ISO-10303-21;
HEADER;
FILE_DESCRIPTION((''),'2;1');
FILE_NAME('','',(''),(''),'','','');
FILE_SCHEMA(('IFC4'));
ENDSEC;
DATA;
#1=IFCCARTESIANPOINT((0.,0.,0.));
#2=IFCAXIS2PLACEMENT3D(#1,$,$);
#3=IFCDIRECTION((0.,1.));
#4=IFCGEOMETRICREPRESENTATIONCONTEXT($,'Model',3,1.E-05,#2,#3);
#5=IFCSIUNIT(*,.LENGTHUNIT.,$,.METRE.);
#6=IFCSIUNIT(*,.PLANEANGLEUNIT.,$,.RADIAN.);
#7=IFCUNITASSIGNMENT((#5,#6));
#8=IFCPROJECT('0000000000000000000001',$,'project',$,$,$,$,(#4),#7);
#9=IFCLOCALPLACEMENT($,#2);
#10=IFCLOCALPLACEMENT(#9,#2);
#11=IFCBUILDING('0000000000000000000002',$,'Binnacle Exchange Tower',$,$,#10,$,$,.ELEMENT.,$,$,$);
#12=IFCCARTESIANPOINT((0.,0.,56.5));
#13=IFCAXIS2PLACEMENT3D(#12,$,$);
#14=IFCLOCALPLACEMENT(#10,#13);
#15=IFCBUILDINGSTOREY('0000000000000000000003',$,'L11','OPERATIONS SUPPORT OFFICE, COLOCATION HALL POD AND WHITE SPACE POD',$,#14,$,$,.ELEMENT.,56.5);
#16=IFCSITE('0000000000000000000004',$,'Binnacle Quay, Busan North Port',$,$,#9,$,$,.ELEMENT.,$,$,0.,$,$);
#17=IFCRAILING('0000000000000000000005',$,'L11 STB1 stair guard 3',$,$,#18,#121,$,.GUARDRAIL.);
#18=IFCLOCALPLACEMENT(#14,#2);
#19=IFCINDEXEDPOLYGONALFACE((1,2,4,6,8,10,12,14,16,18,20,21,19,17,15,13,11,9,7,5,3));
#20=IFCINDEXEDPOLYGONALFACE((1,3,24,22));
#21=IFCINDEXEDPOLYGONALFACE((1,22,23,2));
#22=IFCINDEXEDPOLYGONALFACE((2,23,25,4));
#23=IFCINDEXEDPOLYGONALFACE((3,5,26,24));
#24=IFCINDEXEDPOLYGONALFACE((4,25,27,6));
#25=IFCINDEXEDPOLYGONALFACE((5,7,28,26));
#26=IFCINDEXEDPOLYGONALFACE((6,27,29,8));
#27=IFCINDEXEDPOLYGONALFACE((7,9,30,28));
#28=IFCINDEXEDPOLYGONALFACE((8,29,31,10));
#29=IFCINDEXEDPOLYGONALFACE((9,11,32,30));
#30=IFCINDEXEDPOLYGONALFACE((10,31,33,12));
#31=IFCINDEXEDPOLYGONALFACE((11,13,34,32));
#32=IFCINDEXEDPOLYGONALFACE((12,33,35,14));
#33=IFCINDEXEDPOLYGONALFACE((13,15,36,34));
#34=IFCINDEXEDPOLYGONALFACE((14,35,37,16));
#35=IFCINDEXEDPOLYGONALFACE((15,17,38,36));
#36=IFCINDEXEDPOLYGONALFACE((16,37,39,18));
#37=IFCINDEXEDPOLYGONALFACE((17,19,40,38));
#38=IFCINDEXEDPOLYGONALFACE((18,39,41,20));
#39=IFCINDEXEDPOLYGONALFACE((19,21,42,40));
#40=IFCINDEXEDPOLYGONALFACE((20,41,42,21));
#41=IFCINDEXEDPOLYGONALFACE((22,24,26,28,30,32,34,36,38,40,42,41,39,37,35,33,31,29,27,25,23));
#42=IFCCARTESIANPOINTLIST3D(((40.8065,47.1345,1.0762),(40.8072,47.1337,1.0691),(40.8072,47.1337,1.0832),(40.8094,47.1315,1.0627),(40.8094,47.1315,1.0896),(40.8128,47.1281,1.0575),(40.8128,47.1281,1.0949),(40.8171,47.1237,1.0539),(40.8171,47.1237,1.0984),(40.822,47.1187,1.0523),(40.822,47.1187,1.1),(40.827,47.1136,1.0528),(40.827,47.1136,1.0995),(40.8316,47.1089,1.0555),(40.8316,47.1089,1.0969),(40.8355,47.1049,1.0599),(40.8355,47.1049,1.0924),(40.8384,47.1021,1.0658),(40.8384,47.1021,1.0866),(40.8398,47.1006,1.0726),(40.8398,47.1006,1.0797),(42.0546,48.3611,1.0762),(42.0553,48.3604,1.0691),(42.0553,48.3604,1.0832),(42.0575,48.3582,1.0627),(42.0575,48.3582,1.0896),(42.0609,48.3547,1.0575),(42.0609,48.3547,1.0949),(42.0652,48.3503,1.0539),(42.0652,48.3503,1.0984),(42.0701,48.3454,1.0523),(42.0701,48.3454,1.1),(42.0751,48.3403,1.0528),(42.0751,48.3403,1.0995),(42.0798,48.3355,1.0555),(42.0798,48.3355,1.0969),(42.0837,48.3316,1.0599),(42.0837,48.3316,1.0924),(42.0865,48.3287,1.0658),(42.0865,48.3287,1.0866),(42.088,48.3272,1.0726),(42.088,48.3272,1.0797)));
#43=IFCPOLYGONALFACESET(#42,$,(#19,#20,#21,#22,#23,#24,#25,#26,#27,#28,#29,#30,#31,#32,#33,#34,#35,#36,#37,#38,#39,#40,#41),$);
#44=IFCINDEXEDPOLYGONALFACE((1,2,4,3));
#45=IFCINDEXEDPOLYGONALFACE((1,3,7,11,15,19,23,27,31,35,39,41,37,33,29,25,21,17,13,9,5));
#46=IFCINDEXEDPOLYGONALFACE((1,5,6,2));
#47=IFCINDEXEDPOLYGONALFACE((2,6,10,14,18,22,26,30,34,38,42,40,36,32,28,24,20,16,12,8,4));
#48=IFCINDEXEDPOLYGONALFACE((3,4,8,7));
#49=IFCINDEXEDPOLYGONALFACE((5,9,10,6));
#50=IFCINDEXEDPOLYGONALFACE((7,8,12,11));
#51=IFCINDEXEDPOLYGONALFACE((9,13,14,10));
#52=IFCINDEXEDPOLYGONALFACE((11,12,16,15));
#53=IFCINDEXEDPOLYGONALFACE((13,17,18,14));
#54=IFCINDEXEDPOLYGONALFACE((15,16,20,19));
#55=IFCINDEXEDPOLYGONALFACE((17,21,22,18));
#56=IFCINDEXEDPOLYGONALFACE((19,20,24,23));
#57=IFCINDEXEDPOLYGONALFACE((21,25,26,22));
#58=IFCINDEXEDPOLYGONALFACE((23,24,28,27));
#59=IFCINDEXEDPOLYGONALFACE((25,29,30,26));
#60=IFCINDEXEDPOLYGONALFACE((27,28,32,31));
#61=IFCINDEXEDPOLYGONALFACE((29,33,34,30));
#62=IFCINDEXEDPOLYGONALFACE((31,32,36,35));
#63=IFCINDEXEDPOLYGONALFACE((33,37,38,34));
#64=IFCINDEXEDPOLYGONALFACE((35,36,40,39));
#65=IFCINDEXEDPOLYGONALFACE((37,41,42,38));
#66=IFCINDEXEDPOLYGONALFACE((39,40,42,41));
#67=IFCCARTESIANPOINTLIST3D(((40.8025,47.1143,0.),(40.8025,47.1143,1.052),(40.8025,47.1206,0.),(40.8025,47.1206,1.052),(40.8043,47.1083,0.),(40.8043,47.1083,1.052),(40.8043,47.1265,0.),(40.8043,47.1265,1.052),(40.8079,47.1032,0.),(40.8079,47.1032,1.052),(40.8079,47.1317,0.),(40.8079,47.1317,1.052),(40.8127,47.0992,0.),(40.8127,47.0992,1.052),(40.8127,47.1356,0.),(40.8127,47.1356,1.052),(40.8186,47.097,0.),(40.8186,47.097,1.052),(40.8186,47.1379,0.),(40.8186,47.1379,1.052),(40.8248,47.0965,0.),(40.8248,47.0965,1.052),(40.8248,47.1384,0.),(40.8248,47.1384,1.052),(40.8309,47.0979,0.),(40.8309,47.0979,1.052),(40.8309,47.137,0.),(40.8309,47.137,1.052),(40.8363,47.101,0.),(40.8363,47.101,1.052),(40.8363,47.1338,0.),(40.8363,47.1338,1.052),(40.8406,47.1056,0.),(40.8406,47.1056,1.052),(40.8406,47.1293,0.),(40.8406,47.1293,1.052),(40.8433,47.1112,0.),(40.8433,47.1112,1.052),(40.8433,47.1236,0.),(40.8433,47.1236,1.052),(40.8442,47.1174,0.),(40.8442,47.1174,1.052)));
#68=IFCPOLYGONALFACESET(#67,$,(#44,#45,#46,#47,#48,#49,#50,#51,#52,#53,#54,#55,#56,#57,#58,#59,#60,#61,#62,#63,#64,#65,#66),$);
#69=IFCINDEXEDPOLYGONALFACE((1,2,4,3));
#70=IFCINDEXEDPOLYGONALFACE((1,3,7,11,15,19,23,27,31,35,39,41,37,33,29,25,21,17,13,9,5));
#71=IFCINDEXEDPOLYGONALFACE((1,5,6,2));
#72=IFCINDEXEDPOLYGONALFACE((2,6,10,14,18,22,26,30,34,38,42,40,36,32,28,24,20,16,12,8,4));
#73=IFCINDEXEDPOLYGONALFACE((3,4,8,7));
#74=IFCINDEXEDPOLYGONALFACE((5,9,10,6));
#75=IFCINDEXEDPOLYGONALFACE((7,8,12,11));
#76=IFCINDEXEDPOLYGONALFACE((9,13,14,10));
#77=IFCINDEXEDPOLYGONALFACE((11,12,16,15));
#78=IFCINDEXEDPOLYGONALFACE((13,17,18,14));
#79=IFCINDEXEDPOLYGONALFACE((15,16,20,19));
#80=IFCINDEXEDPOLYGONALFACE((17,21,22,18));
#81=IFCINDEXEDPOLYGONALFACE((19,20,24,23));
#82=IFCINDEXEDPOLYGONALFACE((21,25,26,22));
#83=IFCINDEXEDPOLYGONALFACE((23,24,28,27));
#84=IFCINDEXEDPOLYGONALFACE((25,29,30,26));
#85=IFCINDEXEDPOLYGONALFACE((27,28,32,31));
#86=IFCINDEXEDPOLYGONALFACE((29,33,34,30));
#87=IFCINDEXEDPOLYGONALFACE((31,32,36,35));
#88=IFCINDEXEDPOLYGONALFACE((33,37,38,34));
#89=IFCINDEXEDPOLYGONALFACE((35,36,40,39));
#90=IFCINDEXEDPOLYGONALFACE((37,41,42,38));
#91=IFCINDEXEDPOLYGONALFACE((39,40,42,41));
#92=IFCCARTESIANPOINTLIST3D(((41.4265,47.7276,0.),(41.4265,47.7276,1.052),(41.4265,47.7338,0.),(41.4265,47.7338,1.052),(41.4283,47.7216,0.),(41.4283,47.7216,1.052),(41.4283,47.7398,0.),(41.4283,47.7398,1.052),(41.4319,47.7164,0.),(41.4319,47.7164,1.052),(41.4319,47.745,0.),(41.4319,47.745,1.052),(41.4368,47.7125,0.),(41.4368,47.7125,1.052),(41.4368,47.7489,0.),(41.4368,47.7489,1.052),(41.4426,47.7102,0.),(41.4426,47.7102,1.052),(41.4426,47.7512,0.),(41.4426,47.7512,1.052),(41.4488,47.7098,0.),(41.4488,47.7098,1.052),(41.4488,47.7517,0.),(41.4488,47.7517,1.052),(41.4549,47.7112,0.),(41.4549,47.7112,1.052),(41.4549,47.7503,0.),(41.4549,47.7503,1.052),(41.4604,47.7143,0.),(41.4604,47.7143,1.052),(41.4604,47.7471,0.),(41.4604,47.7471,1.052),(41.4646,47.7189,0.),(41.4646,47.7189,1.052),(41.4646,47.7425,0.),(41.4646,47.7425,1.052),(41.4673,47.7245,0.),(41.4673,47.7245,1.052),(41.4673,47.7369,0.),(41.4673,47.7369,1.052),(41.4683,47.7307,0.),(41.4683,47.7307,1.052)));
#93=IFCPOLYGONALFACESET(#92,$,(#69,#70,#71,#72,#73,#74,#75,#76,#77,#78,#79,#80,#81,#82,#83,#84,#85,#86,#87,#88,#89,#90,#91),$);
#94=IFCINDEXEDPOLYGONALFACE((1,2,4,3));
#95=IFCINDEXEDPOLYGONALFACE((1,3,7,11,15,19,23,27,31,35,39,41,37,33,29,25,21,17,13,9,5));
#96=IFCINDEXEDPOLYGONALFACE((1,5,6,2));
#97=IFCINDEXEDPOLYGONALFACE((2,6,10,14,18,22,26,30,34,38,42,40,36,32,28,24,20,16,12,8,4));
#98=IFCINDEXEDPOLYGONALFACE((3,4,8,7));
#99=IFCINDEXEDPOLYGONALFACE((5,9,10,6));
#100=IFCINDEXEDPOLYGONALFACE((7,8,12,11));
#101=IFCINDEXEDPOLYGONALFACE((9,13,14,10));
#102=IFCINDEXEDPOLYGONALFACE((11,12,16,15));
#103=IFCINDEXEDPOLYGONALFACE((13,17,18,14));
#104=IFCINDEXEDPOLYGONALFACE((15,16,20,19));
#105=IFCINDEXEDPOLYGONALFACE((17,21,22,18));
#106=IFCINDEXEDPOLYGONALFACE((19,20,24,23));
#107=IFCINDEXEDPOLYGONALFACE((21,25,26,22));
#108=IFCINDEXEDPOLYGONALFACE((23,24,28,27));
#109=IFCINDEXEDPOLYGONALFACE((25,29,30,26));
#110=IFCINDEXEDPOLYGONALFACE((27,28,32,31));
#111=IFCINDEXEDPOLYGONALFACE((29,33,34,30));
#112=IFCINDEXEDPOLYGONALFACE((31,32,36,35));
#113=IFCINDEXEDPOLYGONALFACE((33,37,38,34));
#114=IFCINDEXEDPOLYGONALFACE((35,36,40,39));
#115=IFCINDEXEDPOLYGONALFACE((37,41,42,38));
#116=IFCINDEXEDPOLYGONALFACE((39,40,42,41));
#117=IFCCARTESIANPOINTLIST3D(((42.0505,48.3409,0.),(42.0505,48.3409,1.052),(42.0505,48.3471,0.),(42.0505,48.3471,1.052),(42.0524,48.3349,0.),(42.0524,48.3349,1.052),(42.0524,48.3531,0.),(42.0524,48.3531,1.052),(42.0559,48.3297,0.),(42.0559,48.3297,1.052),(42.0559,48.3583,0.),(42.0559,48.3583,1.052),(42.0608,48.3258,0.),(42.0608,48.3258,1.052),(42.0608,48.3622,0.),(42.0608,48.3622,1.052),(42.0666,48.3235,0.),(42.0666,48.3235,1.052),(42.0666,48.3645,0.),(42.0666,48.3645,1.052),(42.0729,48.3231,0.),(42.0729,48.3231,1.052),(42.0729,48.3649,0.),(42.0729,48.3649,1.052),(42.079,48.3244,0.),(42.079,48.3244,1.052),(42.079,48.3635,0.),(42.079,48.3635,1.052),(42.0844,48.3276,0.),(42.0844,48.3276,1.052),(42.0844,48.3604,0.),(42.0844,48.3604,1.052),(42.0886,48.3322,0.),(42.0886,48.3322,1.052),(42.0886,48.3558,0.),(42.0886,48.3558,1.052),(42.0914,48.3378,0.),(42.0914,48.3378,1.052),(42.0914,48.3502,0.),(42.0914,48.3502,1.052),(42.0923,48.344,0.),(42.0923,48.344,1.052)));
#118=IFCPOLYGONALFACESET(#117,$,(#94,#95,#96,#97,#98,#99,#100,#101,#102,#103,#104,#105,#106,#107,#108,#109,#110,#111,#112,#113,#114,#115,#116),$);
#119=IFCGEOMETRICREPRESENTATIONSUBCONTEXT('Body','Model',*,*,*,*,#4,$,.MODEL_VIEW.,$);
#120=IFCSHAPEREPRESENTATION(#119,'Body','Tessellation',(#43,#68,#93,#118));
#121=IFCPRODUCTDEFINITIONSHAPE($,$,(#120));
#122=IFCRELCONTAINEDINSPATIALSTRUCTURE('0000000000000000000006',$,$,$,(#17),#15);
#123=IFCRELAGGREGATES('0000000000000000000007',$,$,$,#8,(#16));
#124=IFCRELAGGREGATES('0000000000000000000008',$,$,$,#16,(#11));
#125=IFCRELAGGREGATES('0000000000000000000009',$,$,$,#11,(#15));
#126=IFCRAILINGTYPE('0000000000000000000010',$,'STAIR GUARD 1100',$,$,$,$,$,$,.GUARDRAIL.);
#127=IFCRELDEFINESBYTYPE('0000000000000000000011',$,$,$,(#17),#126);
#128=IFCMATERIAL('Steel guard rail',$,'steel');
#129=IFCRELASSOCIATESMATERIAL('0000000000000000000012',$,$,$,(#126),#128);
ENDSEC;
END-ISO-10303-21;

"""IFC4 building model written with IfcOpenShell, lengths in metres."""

from ifc_helpers import new_model, si_unit, direction, frame, origin, origin_2d, place, context, subcontext, project, spatial, circle, extrude, material, type_object, element, save


model = new_model("IFC4")

# Units and contexts
model_context = context("Model", 3, precision=1e-05, world=origin(), true_north=direction((0.0, 1.0)))
body_context = subcontext(model_context, "Body", "Model", "MODEL_VIEW")
ifc_project = project(units=[si_unit("LENGTHUNIT", "METRE"), si_unit("PLANEANGLEUNIT", "RADIAN")], contexts=[model_context])

# Site, building, storey
site_placement = place(None, origin())
site = spatial("IfcSite", under=ifc_project, at=site_placement, Name="Binnacle Quay, Busan North Port", CompositionType="ELEMENT", RefElevation=0.0)
building_placement = place(site_placement, origin())
building = spatial("IfcBuilding", under=site, at=building_placement, Name="Binnacle Exchange Tower", CompositionType="ELEMENT")
storey_placement = place(building_placement, frame((0.0, 0.0, 56.5)))
storey = spatial("IfcBuildingStorey", under=building, at=storey_placement, Name="L11", Description="OPERATIONS SUPPORT OFFICE, COLOCATION HALL POD AND WHITE SPACE POD", CompositionType="ELEMENT", Elevation=56.5)

# Railing
ifc_material_1 = material(Name="Steel guard rail", Category="steel")
railing_type_1 = type_object("IfcRailingType", Name="STAIR GUARD 1100", PredefinedType="GUARDRAIL", material=ifc_material_1)
railing_1_placement = place(storey_placement, frame((40.8232, 47.1174, 0.0)))
element("IfcRailing", 1, at=railing_1_placement, inside=storey, type_object=railing_type_1, Name="L11 STB1 stair guard 3", PredefinedType="GUARDRAIL", context=body_context, shape_type="SweptSolid", body=[
    extrude(circle(Radius=0.0239, at=origin_2d()), frame((0.0, 0.0, 1.0762), z_axis=(0.713219, 0.700941, 0.0), x_axis=(-0.700941, 0.713219, 0.0)), (0.0, 0.0, 1.0), 1.75),
    extrude(circle(Radius=0.021, at=origin_2d()), origin(), (0.0, 0.0, 1.0), 1.052),
    extrude(circle(Radius=0.021, at=origin_2d()), frame((0.624, 0.6133, 0.0)), (0.0, 0.0, 1.0), 1.052),
    extrude(circle(Radius=0.021, at=origin_2d()), frame((1.248, 1.2266, 0.0)), (0.0, 0.0, 1.0), 1.052),
])

save(model, "model.ifc")
